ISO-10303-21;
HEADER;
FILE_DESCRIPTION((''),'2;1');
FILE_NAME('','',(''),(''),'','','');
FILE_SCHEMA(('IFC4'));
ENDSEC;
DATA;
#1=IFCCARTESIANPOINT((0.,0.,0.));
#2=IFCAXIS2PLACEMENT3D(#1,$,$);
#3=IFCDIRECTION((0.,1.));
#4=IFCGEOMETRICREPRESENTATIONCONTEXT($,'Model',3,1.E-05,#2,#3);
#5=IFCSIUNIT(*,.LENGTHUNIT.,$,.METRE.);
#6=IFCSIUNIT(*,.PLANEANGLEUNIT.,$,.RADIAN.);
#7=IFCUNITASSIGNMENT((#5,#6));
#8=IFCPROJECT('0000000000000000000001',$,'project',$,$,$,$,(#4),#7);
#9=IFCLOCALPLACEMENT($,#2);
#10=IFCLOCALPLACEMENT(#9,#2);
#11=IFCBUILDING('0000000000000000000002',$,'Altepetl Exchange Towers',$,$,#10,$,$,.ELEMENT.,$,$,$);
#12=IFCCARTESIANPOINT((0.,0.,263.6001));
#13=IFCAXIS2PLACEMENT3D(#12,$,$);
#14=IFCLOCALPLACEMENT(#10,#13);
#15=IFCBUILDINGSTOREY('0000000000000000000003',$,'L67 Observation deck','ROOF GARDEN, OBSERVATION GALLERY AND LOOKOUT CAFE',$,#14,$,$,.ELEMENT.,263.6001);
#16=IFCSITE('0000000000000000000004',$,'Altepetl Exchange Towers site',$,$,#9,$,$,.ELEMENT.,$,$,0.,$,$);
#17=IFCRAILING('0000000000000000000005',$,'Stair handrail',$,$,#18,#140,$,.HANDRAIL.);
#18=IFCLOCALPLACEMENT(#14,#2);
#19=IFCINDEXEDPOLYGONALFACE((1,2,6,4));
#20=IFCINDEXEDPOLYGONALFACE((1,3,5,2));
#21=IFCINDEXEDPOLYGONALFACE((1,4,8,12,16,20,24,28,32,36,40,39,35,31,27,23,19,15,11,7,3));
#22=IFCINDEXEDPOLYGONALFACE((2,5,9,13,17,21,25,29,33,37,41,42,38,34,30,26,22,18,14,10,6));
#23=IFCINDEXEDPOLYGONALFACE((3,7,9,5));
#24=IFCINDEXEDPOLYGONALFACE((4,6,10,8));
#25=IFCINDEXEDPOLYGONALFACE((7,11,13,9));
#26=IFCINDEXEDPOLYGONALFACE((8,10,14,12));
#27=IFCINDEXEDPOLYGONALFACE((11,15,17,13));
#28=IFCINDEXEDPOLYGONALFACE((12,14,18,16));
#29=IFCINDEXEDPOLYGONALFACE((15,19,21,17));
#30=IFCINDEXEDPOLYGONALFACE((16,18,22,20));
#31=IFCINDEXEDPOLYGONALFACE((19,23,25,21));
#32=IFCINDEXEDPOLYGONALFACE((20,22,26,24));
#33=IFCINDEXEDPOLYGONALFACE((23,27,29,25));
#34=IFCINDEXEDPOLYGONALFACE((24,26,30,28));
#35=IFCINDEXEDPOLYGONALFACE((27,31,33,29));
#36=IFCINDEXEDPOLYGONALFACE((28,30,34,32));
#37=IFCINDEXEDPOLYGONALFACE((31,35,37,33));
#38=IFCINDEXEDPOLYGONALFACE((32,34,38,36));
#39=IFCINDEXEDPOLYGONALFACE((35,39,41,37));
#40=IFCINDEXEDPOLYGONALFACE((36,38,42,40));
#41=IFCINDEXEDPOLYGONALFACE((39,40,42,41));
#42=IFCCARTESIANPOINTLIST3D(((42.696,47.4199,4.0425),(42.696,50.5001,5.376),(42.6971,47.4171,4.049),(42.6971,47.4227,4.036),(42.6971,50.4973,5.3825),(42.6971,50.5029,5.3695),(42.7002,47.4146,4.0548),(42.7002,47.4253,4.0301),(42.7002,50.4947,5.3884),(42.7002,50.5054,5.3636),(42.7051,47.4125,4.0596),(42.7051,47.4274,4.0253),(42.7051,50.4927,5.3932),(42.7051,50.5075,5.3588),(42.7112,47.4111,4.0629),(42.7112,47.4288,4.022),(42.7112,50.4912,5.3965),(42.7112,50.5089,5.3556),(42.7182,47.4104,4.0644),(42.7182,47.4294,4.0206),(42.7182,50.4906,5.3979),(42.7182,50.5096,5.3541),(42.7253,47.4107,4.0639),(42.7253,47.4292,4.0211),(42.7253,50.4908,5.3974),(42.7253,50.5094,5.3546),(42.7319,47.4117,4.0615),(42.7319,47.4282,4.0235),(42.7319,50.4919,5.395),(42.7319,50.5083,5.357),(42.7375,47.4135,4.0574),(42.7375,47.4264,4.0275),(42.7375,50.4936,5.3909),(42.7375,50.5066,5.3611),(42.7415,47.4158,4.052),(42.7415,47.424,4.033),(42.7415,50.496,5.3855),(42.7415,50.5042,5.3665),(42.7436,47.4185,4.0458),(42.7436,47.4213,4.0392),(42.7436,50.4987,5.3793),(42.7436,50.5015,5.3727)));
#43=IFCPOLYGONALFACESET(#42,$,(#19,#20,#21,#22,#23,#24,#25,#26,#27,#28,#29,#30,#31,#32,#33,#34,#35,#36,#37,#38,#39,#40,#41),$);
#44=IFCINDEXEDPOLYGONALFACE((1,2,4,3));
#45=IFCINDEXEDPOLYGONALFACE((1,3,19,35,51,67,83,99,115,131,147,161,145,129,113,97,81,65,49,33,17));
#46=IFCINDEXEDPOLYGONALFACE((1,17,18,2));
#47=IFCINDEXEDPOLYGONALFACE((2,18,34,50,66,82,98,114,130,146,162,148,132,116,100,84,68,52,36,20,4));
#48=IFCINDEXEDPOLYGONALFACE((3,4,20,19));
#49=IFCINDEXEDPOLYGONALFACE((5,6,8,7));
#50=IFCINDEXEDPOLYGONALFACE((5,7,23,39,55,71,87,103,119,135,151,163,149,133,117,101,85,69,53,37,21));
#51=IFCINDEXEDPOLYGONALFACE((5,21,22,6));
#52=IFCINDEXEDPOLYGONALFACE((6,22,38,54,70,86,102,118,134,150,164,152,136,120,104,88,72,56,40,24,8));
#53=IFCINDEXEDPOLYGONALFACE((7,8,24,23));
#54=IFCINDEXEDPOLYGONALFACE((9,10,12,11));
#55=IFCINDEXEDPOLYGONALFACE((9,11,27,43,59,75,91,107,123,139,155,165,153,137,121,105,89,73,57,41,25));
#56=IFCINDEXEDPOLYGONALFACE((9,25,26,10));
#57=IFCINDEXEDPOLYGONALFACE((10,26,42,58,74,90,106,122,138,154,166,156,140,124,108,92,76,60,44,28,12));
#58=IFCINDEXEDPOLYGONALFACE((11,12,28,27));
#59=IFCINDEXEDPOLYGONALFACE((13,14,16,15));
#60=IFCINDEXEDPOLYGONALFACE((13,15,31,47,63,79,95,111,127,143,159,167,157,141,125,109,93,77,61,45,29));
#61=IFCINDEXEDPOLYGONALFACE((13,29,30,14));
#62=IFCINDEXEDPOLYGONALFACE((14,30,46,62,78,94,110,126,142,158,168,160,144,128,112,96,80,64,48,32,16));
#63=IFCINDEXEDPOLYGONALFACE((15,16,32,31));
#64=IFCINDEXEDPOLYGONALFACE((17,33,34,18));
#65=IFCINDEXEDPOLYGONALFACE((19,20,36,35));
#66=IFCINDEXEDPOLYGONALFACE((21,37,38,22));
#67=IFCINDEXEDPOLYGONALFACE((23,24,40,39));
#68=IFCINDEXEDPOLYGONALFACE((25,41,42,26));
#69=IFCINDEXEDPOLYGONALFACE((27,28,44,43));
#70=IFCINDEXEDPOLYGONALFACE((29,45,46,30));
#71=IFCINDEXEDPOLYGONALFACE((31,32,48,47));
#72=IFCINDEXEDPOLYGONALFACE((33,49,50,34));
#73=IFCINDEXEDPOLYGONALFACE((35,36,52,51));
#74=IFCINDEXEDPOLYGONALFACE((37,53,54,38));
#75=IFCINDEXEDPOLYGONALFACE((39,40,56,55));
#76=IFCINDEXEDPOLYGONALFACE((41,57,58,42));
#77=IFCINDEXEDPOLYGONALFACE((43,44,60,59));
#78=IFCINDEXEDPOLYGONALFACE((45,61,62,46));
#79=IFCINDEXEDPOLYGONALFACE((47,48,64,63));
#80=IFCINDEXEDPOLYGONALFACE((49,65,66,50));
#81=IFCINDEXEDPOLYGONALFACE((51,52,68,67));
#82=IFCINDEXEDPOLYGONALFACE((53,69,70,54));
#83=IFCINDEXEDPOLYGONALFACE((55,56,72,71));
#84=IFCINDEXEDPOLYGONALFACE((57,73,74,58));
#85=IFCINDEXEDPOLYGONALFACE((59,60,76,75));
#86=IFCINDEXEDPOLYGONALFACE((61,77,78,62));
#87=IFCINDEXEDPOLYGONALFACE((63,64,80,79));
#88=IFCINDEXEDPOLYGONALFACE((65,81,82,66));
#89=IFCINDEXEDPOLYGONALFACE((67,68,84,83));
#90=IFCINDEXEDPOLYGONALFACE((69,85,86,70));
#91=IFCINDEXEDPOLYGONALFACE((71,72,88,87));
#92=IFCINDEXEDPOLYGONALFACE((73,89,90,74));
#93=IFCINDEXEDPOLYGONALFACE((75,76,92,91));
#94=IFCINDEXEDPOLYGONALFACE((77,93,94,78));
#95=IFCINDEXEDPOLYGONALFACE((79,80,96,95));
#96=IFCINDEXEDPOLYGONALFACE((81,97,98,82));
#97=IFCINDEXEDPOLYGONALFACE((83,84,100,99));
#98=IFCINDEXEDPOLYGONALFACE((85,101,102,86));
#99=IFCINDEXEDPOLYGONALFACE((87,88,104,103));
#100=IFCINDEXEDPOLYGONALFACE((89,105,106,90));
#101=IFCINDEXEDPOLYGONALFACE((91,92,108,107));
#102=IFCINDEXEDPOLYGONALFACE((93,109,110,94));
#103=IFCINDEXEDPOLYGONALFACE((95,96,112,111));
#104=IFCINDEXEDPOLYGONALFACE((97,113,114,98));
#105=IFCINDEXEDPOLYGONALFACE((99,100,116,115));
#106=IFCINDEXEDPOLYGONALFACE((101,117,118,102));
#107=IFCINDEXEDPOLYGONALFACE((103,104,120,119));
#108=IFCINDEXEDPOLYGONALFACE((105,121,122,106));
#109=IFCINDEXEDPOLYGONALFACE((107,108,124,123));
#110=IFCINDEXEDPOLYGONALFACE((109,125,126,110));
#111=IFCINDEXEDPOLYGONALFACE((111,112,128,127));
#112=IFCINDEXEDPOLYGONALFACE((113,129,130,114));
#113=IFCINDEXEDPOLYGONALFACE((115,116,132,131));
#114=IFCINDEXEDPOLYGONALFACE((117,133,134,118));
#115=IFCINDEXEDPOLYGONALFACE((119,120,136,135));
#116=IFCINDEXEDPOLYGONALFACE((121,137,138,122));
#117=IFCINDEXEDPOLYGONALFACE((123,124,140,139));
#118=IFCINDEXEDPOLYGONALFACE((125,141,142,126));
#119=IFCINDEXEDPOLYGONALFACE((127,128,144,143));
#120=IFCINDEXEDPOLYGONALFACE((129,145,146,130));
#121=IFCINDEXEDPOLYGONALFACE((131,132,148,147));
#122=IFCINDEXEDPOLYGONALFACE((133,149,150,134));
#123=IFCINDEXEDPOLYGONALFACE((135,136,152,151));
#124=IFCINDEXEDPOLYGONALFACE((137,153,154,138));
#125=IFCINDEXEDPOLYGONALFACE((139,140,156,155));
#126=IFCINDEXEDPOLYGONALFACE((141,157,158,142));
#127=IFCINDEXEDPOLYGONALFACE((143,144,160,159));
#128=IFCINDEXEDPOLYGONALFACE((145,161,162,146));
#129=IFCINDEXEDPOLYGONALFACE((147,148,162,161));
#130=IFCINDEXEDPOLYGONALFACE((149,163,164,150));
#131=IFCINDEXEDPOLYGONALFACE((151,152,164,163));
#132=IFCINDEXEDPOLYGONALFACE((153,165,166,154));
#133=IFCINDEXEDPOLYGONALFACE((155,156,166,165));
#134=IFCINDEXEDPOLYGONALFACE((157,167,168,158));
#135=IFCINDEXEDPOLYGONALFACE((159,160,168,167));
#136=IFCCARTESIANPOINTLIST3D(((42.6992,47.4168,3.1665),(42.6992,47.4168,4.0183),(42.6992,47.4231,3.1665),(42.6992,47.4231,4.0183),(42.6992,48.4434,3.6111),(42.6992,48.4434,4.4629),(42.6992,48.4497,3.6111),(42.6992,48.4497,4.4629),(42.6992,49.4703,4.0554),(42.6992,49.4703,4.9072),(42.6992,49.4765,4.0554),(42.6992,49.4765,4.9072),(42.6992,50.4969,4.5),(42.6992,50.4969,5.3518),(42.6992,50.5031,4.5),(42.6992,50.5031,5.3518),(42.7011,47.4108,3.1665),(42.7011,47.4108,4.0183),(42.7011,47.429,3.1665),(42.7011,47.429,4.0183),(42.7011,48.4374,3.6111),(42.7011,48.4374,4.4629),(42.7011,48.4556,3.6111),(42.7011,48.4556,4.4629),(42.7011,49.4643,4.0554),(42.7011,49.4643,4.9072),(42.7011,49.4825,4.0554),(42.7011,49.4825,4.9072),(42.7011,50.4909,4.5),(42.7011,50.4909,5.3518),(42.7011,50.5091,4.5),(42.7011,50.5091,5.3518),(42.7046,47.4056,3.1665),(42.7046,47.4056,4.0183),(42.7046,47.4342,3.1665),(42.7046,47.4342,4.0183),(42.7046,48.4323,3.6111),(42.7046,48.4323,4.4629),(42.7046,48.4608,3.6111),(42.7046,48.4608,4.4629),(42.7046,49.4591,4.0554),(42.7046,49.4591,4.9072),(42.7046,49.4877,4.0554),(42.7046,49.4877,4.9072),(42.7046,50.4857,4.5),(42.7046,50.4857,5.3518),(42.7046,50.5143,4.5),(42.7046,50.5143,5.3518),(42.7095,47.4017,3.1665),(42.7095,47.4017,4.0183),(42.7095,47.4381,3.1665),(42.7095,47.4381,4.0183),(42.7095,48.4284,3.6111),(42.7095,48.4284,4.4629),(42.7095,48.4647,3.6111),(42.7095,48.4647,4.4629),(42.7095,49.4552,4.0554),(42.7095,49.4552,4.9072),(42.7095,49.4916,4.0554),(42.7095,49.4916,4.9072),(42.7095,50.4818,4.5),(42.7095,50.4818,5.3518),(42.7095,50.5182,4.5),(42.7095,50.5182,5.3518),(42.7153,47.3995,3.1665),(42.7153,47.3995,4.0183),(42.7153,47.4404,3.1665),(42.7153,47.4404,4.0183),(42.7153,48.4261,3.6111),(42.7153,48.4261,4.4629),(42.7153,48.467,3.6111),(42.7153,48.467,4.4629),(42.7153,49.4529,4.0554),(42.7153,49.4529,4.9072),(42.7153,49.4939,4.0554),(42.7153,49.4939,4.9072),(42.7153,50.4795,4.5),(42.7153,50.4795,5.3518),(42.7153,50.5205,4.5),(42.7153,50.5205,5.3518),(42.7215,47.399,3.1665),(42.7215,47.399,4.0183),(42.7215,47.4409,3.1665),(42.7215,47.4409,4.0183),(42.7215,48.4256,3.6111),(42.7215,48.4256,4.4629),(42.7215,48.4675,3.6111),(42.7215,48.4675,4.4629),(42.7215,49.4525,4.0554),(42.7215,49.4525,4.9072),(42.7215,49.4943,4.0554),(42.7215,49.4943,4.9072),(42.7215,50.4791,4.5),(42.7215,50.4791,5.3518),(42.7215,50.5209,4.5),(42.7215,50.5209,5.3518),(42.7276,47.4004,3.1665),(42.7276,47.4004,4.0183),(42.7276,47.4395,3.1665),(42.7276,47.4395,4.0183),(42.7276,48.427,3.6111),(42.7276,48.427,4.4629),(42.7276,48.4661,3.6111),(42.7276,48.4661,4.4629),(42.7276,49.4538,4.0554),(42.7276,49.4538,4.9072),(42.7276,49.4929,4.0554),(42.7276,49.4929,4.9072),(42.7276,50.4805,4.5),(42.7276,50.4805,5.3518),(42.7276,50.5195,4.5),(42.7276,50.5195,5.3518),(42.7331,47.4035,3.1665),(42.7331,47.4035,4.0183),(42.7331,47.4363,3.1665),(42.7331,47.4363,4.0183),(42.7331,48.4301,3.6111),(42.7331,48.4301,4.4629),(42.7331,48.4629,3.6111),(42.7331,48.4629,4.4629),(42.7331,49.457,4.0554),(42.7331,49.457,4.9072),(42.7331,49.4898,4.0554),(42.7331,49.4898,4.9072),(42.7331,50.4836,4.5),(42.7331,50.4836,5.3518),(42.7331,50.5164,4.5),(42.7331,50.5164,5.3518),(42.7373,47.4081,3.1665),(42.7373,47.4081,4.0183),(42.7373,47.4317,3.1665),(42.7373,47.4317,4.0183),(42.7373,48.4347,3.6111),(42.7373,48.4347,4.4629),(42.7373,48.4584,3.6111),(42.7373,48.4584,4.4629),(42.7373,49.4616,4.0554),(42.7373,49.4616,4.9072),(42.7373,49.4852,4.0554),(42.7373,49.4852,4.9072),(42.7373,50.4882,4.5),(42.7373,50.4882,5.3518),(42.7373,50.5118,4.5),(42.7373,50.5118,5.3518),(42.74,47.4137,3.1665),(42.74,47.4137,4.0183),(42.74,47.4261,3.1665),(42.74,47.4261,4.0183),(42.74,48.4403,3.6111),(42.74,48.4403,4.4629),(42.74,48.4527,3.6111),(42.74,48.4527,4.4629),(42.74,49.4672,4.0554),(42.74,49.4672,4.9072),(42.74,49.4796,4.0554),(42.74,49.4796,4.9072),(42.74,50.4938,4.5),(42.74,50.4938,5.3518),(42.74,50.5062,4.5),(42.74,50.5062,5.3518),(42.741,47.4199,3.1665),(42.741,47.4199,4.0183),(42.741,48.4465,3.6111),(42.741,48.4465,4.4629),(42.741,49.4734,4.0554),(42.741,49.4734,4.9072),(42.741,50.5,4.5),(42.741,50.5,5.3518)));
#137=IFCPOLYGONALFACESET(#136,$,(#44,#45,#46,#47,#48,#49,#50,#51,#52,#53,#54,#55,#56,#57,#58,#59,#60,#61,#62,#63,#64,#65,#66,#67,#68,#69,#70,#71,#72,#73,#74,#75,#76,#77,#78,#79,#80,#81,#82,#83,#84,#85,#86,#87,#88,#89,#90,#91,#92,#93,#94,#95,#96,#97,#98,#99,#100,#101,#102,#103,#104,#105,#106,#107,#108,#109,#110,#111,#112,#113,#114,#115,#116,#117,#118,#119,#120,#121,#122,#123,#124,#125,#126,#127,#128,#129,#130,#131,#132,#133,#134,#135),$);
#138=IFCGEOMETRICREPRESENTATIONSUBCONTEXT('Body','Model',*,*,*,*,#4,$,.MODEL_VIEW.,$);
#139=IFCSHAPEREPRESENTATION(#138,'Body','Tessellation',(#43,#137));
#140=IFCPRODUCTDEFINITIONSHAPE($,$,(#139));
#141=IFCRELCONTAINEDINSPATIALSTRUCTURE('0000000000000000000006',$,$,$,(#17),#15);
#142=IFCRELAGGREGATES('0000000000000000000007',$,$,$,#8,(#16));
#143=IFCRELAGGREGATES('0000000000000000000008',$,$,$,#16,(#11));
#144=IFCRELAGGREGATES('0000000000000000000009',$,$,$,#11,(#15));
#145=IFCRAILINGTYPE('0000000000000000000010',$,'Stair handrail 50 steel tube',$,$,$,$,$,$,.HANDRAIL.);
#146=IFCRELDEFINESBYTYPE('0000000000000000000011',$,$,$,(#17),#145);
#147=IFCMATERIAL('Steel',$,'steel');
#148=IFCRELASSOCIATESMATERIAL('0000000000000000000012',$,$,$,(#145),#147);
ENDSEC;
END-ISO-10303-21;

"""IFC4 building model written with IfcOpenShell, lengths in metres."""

from ifc_helpers import new_model, si_unit, direction, frame, origin, origin_2d, place, context, subcontext, project, spatial, circle, extrude, source, transform, mapped, material, type_object, element, save


model = new_model("IFC4")

# Units and contexts
model_context = context("Model", 3, precision=1e-05, world=origin(), true_north=direction((0.0, 1.0)))
body_context = subcontext(model_context, "Body", "Model", "MODEL_VIEW")
ifc_project = project(units=[si_unit("LENGTHUNIT", "METRE"), si_unit("PLANEANGLEUNIT", "RADIAN")], contexts=[model_context])

# Site, building, storey
site_placement = place(None, origin())
site = spatial("IfcSite", under=ifc_project, at=site_placement, Name="Altepetl Exchange Towers site", CompositionType="ELEMENT", RefElevation=0.0)
building_placement = place(site_placement, origin())
building = spatial("IfcBuilding", under=site, at=building_placement, Name="Altepetl Exchange Towers", CompositionType="ELEMENT")
storey_placement = place(building_placement, frame((0.0, 0.0, 263.6001)))
storey = spatial("IfcBuildingStorey", under=building, at=storey_placement, Name="L67 Observation deck", Description="ROOF GARDEN, OBSERVATION GALLERY AND LOOKOUT CAFE", CompositionType="ELEMENT", Elevation=263.6001)

# Railing
ifc_material_1 = material(Name="Steel", Category="steel")
railing_type = type_object("IfcRailingType", Name="Stair handrail 50 steel tube", PredefinedType="HANDRAIL", material=ifc_material_1)
shared_shape = source(origin(), body_context, "Body", "SweptSolid", [
    extrude(circle(Radius=0.021, at=origin_2d()), origin(), (0.0, 0.0, 1.0), 0.8518),
])
for number, where, name in (
    (1, (42.72, 47.4199, 3.1665), "Stair handrail"),
):
    element("IfcRailing", number, at=place(storey_placement, frame(where)), inside=storey, type_object=railing_type, Name=name, PredefinedType="HANDRAIL", context=body_context, shape_type="SweptSolid", body=[
        extrude(circle(Radius=0.0239, at=origin_2d()), frame((0.0, 0.0, 0.876), z_axis=(0.0, 0.917686, 0.397305), x_axis=(-1.0, 0.0, 0.0)), (0.0, 0.0, 1.0), 3.3564),
        mapped(shared_shape, transform((0.0, 0.0, 0.0))),
        mapped(shared_shape, transform((0.0, 1.0266, 0.4446))),
        mapped(shared_shape, transform((0.0, 2.0535, 0.8889))),
        mapped(shared_shape, transform((0.0, 3.0801, 1.3335))),
    ])

save(model, "model.ifc")
